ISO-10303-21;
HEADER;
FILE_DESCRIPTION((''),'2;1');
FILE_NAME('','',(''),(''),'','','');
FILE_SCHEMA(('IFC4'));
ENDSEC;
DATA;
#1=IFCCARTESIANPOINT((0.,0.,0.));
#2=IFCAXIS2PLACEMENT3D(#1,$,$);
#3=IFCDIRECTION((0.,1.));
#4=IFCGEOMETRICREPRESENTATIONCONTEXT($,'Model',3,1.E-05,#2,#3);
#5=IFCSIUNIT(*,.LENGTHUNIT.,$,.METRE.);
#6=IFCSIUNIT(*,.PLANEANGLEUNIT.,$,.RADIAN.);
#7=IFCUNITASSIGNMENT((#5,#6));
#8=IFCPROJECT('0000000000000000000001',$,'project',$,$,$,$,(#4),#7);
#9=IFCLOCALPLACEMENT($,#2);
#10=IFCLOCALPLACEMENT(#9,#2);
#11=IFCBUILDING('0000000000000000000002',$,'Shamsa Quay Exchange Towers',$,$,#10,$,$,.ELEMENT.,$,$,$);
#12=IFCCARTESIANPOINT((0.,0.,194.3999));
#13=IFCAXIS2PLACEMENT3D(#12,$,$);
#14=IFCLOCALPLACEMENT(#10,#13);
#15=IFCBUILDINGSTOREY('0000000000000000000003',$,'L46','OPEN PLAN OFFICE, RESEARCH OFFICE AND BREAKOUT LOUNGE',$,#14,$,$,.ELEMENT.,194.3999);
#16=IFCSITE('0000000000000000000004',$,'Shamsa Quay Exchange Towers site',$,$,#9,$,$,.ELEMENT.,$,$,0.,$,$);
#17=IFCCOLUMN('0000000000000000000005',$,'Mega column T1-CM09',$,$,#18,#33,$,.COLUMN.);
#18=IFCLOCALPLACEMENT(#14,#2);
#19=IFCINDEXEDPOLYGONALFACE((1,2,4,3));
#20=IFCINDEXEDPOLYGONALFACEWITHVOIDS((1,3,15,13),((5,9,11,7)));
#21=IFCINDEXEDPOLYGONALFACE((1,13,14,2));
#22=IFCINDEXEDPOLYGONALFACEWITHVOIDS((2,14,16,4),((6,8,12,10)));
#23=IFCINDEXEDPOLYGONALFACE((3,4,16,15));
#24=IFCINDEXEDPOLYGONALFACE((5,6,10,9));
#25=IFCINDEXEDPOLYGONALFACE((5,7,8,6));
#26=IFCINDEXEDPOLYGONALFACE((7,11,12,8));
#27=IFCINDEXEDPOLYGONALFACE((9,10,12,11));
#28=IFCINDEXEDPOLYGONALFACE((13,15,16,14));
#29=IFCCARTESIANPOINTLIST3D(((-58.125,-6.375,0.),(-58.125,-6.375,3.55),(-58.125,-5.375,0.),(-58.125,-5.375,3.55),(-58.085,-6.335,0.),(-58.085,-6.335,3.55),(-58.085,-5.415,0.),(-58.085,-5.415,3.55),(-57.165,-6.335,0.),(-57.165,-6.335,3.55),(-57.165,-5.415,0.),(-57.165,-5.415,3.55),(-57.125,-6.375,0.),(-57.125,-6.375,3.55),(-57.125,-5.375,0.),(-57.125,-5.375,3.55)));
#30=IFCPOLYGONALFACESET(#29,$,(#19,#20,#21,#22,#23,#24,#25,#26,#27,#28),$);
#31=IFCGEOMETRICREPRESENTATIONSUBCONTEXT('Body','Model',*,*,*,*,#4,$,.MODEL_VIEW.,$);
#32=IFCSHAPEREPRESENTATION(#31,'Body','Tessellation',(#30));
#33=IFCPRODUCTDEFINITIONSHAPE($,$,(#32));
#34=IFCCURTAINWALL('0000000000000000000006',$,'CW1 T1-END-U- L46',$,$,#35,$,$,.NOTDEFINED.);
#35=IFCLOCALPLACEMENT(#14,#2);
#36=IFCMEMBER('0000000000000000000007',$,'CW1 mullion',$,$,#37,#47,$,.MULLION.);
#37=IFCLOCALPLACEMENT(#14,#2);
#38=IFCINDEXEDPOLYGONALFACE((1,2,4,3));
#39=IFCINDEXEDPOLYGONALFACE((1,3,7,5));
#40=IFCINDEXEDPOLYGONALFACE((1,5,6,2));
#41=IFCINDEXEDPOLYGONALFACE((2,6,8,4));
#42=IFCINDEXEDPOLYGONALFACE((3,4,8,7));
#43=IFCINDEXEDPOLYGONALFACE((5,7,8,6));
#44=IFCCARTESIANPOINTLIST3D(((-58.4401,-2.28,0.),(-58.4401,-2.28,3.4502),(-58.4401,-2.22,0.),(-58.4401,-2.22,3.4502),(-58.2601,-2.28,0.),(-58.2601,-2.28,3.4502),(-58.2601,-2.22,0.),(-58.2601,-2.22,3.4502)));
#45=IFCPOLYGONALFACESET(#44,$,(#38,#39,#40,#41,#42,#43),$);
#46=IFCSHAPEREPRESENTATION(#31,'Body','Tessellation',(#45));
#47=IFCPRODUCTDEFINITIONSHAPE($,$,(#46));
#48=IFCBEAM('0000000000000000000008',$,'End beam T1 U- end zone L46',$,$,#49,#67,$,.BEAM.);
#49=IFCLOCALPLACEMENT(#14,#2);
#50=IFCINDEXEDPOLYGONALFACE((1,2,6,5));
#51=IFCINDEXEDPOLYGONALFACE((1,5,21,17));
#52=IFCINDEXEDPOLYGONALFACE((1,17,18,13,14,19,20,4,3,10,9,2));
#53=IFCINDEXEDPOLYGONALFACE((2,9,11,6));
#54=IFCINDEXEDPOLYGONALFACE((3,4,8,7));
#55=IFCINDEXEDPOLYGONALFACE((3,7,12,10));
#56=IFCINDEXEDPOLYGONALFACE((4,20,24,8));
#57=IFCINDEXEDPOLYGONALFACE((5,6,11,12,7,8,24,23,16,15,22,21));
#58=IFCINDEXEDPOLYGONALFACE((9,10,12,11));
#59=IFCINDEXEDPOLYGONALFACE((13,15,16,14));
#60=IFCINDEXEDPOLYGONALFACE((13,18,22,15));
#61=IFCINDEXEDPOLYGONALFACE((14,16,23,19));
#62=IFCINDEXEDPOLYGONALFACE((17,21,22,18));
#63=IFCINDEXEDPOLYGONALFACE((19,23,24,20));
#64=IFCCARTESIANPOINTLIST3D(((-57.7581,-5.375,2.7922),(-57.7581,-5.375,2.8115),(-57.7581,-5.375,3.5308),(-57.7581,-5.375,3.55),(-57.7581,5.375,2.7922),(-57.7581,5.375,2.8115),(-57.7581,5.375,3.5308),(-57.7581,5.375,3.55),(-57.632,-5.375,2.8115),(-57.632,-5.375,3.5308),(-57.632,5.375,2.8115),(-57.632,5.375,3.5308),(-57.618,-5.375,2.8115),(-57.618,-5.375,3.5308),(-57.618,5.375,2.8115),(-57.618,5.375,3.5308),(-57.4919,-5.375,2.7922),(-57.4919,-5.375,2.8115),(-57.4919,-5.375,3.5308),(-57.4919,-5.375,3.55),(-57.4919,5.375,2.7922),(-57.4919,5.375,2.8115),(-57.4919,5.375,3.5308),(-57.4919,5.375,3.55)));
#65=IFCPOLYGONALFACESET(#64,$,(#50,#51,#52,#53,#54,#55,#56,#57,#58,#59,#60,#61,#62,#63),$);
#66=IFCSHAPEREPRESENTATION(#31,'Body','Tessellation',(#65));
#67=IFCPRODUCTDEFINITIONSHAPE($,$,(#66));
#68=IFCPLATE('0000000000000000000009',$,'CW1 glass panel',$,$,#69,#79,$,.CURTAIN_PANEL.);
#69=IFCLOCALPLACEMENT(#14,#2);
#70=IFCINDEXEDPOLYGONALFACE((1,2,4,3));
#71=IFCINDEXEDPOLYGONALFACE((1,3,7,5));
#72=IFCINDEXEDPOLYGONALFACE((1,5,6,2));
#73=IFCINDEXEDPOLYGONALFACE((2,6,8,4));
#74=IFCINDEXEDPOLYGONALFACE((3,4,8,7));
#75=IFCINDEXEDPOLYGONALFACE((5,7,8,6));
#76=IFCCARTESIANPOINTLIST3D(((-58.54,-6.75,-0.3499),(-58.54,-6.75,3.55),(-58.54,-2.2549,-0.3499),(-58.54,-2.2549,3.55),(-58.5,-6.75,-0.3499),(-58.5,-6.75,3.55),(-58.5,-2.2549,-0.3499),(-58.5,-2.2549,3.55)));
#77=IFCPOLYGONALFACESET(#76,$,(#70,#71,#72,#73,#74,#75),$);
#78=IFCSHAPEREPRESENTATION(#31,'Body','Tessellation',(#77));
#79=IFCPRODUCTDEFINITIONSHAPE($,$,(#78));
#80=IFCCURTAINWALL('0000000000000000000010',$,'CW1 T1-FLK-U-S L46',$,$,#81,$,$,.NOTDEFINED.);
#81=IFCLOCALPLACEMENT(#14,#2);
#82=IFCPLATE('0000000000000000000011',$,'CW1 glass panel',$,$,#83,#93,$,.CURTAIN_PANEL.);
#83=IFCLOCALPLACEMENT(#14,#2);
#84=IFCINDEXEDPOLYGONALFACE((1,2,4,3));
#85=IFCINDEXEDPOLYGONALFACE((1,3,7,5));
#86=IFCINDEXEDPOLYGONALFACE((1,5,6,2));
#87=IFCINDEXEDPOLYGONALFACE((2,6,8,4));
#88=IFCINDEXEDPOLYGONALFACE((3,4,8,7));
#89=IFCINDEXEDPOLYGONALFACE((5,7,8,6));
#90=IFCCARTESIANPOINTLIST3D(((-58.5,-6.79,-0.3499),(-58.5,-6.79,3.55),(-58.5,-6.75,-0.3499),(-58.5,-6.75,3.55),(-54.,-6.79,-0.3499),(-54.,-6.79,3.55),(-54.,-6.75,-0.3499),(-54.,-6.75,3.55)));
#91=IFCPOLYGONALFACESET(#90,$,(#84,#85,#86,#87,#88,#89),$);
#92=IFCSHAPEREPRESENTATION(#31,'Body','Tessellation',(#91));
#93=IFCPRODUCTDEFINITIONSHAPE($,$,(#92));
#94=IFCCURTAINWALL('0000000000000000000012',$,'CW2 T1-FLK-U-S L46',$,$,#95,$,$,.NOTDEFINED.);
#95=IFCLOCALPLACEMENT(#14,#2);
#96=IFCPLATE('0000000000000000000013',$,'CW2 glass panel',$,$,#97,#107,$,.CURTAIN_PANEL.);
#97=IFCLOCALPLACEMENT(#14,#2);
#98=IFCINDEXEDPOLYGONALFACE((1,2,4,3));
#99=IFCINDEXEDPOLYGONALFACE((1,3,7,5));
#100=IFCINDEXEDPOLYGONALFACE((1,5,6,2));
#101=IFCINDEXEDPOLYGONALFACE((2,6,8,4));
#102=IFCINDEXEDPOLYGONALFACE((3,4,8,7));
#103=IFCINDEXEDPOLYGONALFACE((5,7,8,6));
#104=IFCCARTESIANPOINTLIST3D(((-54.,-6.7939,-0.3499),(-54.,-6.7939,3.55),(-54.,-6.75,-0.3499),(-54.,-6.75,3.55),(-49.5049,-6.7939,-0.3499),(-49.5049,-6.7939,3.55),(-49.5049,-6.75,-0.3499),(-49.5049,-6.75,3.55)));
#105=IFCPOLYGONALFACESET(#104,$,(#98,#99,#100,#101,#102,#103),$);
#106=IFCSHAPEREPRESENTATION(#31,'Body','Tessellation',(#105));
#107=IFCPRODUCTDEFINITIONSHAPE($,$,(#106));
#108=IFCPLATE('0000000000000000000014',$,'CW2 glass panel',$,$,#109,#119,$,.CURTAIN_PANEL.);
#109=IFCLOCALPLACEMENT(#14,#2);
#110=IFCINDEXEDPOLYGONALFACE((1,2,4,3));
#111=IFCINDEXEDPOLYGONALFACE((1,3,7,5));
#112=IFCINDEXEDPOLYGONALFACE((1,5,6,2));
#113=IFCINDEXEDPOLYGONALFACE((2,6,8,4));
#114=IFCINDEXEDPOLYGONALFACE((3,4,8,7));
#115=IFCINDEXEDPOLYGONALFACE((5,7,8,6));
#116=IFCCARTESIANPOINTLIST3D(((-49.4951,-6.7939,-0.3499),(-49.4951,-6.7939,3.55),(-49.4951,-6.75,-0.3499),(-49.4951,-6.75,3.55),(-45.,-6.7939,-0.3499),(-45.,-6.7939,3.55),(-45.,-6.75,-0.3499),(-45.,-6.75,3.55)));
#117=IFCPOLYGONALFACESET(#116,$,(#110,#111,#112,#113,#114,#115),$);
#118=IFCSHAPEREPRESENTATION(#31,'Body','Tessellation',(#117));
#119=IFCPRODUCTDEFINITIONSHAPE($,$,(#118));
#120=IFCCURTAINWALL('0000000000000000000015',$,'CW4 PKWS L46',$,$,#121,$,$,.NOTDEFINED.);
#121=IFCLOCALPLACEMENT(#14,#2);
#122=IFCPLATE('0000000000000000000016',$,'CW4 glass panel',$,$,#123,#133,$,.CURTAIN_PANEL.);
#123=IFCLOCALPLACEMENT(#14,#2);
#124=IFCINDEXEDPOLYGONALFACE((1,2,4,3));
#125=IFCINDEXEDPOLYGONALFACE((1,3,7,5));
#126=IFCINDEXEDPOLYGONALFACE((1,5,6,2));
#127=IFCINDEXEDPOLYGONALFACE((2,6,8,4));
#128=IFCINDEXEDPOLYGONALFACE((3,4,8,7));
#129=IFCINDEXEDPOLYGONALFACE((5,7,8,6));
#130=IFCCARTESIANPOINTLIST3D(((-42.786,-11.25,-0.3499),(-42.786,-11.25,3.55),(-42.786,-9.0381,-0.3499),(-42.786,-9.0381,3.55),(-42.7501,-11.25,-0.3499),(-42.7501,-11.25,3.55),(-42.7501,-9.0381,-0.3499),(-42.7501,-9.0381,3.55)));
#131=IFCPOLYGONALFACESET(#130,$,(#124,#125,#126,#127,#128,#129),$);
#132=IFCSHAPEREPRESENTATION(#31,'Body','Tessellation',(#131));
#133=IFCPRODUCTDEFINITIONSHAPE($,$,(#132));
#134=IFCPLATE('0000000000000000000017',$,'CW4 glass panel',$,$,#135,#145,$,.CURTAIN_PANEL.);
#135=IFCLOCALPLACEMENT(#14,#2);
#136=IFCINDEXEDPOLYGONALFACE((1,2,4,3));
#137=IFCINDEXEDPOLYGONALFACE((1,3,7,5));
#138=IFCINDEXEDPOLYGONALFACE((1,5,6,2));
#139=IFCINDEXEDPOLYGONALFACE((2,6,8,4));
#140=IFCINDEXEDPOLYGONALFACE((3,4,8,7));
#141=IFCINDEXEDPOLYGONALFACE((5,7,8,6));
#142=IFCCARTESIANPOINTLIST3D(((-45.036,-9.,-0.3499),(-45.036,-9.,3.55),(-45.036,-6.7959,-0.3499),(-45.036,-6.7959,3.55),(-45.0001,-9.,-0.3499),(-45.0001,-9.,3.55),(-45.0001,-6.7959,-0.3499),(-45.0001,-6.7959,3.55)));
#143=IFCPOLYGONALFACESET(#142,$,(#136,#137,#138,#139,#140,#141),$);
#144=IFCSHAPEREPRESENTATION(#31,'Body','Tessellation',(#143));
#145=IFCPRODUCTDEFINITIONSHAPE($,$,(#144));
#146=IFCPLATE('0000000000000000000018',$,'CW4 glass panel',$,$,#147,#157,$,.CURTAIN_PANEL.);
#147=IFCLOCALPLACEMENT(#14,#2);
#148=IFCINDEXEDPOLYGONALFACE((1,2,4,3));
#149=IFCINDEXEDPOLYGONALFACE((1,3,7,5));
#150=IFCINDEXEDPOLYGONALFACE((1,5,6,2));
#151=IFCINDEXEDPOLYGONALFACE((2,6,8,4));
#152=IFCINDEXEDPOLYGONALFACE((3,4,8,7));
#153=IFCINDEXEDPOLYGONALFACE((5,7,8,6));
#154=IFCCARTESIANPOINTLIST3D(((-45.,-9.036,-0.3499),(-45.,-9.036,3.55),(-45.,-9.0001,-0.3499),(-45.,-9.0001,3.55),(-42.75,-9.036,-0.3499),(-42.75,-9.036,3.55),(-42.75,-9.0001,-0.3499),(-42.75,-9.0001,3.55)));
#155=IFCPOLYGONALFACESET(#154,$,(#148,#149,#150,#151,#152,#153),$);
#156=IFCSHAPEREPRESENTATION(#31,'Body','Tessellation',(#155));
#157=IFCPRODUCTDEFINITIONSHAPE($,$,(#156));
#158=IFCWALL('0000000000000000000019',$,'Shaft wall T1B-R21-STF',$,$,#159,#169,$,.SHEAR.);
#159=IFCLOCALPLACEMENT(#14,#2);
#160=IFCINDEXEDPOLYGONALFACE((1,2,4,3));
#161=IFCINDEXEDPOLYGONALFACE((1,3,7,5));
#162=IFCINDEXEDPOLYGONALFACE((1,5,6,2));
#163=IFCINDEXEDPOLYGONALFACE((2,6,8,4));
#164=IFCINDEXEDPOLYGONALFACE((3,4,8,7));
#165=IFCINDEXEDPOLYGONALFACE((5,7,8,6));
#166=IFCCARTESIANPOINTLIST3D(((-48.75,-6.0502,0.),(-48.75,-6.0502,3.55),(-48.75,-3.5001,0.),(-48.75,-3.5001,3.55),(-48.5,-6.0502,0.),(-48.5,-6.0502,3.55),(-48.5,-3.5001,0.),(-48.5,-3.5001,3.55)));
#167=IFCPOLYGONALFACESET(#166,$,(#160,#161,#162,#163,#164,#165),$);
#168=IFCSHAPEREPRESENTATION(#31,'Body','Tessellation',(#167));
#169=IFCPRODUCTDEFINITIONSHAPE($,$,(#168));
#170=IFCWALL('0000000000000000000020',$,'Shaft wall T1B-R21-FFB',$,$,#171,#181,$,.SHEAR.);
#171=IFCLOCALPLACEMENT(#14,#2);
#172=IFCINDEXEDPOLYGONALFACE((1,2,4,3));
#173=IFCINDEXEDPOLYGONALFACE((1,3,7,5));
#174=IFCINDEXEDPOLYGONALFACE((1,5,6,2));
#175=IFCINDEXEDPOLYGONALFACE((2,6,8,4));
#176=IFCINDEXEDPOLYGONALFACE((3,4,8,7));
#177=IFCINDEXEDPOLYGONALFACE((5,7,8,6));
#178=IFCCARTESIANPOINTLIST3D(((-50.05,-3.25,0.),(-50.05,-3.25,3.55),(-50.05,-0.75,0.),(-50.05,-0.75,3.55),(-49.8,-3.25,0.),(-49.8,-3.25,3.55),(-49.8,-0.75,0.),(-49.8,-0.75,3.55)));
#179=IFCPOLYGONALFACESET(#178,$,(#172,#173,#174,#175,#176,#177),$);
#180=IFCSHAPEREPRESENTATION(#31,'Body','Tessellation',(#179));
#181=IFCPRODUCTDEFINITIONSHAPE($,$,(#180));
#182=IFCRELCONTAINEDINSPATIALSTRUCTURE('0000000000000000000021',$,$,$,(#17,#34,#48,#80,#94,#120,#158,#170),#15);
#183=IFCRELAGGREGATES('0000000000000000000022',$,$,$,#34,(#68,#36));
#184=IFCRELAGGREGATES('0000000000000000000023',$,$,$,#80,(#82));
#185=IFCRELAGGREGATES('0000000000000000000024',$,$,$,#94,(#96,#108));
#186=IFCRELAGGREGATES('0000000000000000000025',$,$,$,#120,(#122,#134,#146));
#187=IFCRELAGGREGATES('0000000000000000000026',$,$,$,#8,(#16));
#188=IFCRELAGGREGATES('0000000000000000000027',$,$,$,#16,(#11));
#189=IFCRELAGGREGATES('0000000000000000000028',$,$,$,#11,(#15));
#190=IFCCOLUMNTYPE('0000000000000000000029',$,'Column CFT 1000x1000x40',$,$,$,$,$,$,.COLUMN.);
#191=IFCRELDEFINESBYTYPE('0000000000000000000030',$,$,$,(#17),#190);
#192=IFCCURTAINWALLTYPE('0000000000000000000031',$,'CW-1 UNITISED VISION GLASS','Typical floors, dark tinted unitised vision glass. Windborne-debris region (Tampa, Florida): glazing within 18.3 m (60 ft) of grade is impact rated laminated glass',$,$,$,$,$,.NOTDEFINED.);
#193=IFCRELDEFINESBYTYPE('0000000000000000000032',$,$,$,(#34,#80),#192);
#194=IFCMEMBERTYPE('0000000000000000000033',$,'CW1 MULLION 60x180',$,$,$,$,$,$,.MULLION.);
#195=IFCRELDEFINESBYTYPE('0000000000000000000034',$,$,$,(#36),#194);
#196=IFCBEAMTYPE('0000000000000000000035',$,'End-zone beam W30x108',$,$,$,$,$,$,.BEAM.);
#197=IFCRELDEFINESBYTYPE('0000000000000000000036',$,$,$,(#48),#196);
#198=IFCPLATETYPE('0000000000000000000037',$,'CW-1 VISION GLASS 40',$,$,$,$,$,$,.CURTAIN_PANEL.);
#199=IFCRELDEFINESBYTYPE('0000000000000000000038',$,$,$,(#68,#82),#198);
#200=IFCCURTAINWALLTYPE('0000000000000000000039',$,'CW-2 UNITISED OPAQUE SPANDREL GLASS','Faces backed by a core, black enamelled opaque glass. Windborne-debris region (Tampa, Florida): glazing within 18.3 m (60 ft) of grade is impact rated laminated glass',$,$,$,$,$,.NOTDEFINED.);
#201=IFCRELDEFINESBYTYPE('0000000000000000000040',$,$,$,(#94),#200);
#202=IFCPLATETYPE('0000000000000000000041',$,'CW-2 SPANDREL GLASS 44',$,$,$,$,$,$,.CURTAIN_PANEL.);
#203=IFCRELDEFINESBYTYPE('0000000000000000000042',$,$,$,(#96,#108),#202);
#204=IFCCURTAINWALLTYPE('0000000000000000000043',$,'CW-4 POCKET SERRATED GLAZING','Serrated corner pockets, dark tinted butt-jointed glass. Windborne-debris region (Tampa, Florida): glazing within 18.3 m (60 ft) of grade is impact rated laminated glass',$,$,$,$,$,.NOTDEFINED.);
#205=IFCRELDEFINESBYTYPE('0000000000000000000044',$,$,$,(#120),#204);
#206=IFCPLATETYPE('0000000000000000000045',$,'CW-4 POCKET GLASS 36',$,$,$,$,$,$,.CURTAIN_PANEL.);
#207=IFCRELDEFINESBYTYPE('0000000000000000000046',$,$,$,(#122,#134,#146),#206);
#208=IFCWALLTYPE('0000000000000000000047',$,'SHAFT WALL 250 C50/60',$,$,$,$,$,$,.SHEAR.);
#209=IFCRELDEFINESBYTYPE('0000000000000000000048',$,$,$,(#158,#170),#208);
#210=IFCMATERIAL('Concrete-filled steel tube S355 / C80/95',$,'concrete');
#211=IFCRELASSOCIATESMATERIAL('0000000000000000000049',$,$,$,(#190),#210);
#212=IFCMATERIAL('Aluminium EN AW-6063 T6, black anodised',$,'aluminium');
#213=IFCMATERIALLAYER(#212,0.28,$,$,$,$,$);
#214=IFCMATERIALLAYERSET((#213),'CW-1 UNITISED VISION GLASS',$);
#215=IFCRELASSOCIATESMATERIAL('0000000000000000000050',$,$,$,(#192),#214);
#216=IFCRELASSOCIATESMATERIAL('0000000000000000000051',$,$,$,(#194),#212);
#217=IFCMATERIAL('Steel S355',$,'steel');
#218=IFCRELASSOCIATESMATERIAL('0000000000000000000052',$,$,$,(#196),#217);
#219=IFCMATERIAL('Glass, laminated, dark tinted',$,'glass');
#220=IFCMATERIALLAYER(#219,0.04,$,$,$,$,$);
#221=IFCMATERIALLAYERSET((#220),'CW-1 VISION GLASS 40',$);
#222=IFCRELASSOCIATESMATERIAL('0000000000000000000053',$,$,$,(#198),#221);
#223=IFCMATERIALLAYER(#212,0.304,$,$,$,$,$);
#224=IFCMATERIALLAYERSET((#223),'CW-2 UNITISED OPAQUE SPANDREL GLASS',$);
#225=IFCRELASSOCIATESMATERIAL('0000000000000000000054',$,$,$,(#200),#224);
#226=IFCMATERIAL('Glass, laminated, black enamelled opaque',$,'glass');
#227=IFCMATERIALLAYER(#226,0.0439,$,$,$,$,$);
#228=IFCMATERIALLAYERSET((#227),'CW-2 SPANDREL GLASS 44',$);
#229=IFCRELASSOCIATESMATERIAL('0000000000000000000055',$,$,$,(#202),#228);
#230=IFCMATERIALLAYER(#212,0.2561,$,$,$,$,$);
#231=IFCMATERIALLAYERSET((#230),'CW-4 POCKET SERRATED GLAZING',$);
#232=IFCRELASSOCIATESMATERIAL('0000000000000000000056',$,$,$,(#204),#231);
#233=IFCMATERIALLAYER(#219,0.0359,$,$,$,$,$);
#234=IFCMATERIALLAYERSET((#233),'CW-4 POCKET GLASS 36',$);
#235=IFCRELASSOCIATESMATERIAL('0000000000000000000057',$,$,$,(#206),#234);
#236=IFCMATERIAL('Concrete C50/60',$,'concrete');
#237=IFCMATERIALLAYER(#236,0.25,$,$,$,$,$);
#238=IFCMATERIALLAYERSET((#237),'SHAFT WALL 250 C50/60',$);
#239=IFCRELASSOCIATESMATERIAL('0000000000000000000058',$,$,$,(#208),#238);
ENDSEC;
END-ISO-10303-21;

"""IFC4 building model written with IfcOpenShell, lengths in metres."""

from ifc_helpers import new_model, si_unit, direction, frame, frame_2d, origin, origin_2d, place, context, subcontext, project, spatial, rectangle, hollow_rectangle, i_section, extrude, material, layer, layer_set, material_profile, profile_set, type_object, element, aggregate, save


model = new_model("IFC4")

# Units and contexts
model_context = context("Model", 3, precision=1e-05, world=origin(), true_north=direction((0.0, 1.0)))
body_context = subcontext(model_context, "Body", "Model", "MODEL_VIEW")
ifc_project = project(units=[si_unit("LENGTHUNIT", "METRE"), si_unit("PLANEANGLEUNIT", "RADIAN")], contexts=[model_context])

# Site, building, storey
site_placement = place(None, origin())
site = spatial("IfcSite", under=ifc_project, at=site_placement, Name="Shamsa Quay Exchange Towers site", CompositionType="ELEMENT", RefElevation=0.0)
building_placement = place(site_placement, origin())
building = spatial("IfcBuilding", under=site, at=building_placement, Name="Shamsa Quay Exchange Towers", CompositionType="ELEMENT")
storey_placement = place(building_placement, frame((0.0, 0.0, 194.3999)))
storey = spatial("IfcBuildingStorey", under=building, at=storey_placement, Name="L46", Description="OPEN PLAN OFFICE, RESEARCH OFFICE AND BREAKOUT LOUNGE", CompositionType="ELEMENT", Elevation=194.3999)

# Column
ifc_material_1 = material(Name="Concrete-filled steel tube S355 / C80/95", Category="concrete")
ifc_material_profile_1 = material_profile(ifc_material_1, hollow_rectangle(XDim=1.0, YDim=1.0, WallThickness=0.04, at=origin_2d()), Name="CFT 1000x1000x40")
ifc_profile_set_1 = profile_set([ifc_material_profile_1], Name="Concrete-filled steel tube S355 / C80/95")
column_type = type_object("IfcColumnType", Name="Column CFT 1000x1000x40", PredefinedType="COLUMN", material=ifc_profile_set_1)
column_placement = place(storey_placement, frame((-57.625, -5.875, 0.0)))
element("IfcColumn", 1, at=column_placement, inside=storey, type_object=column_type, Name="Mega column T1-CM09", PredefinedType="COLUMN", context=body_context, shape_type="SweptSolid", body=[
    extrude(hollow_rectangle(XDim=1.0, YDim=1.0, WallThickness=0.04, at=origin_2d()), origin(), (0.0, 0.0, 1.0), 3.55),
])

# Curtain wall, member
ifc_material_2 = material(Name="Aluminium EN AW-6063 T6, black anodised", Category="aluminium")
ifc_layer_1 = layer(ifc_material_2, 0.28)
ifc_layer_set_1 = layer_set([ifc_layer_1], Name="CW-1 UNITISED VISION GLASS")
curtain_wall_type_1 = type_object("IfcCurtainWallType", Name="CW-1 UNITISED VISION GLASS", Description="Typical floors, dark tinted unitised vision glass. Windborne-debris region (Tampa, Florida): glazing within 18.3 m (60 ft) of grade is impact rated laminated glass", PredefinedType="NOTDEFINED", material=ifc_layer_set_1)
curtain_wall_1_placement = place(storey_placement, origin())
curtain_wall_1 = element("IfcCurtainWall", 2, at=curtain_wall_1_placement, inside=storey, type_object=curtain_wall_type_1, Name="CW1 T1-END-U- L46", PredefinedType="NOTDEFINED")
ifc_material_profile_2 = material_profile(ifc_material_2, rectangle(XDim=0.1799, YDim=0.0601, at=origin_2d()), Name="MU60x180")
ifc_profile_set_2 = profile_set([ifc_material_profile_2], Name="Aluminium EN AW-6063 T6, black anodised")
member_type = type_object("IfcMemberType", Name="CW1 MULLION 60x180", PredefinedType="MULLION", material=ifc_profile_set_2)
member_placement = place(storey_placement, frame((-58.3501, -2.25, 0.0)))
member = element("IfcMember", 3, at=member_placement, type_object=member_type, Name="CW1 mullion", PredefinedType="MULLION", context=body_context, shape_type="SweptSolid", body=[
    extrude(rectangle(XDim=0.1799, YDim=0.0601, at=origin_2d()), origin(), (0.0, 0.0, 1.0), 3.4502),
])

# Beam
ifc_material_3 = material(Name="Steel S355", Category="steel")
ifc_material_profile_3 = material_profile(ifc_material_3, i_section(OverallWidth=0.2661, OverallDepth=0.7578, WebThickness=0.0139, FlangeThickness=0.0193, at=origin_2d()), Name="W30x108")
ifc_profile_set_3 = profile_set([ifc_material_profile_3], Name="Steel S355")
beam_type = type_object("IfcBeamType", Name="End-zone beam W30x108", PredefinedType="BEAM", material=ifc_profile_set_3)
beam_placement = place(storey_placement, frame((-57.625, -5.375, 3.1711), z_axis=(0.0, 1.0, 0.0), x_axis=(-1.0, 0.0, 0.0)))
element("IfcBeam", 4, at=beam_placement, inside=storey, type_object=beam_type, Name="End beam T1 U- end zone L46", PredefinedType="BEAM", context=body_context, shape_type="SweptSolid", body=[
    extrude(i_section(OverallWidth=0.2661, OverallDepth=0.7578, WebThickness=0.0139, FlangeThickness=0.0193, at=origin_2d()), origin(), (0.0, 0.0, 1.0), 10.75),
])

# Plate
ifc_material_4 = material(Name="Glass, laminated, dark tinted", Category="glass")
ifc_layer_2 = layer(ifc_material_4, 0.04)
ifc_layer_set_2 = layer_set([ifc_layer_2], Name="CW-1 VISION GLASS 40")
plate_type_1 = type_object("IfcPlateType", Name="CW-1 VISION GLASS 40", PredefinedType="CURTAIN_PANEL", material=ifc_layer_set_2)
plate_1_placement = place(storey_placement, frame((-58.52, -4.5024, -0.3499), z_axis=(0.0, 0.0, 1.0), x_axis=(0.0, -1.0, 0.0)))
plate_1 = element("IfcPlate", 5, at=plate_1_placement, type_object=plate_type_1, Name="CW1 glass panel", PredefinedType="CURTAIN_PANEL", context=body_context, shape_type="SweptSolid", body=[
    extrude(rectangle(XDim=4.4951, YDim=0.04, at=origin_2d()), origin(), (0.0, 0.0, 1.0), 3.8999),
])
aggregate(curtain_wall_1, [plate_1, member])

# Curtain wall, plate
curtain_wall_2_placement = place(storey_placement, origin())
curtain_wall_2 = element("IfcCurtainWall", 6, at=curtain_wall_2_placement, inside=storey, type_object=curtain_wall_type_1, Name="CW1 T1-FLK-U-S L46", PredefinedType="NOTDEFINED")
plate_2_placement = place(storey_placement, frame((-56.25, -6.77, -0.3499)))
plate_2 = element("IfcPlate", 7, at=plate_2_placement, type_object=plate_type_1, Name="CW1 glass panel", PredefinedType="CURTAIN_PANEL", context=body_context, shape_type="SweptSolid", body=[
    extrude(rectangle(XDim=4.5, YDim=0.04, at=origin_2d()), origin(), (0.0, 0.0, 1.0), 3.8999),
])
aggregate(curtain_wall_2, [plate_2])

# Curtain walls, plates
ifc_layer_3 = layer(ifc_material_2, 0.304)
ifc_layer_set_3 = layer_set([ifc_layer_3], Name="CW-2 UNITISED OPAQUE SPANDREL GLASS")
curtain_wall_type_2 = type_object("IfcCurtainWallType", Name="CW-2 UNITISED OPAQUE SPANDREL GLASS", Description="Faces backed by a core, black enamelled opaque glass. Windborne-debris region (Tampa, Florida): glazing within 18.3 m (60 ft) of grade is impact rated laminated glass", PredefinedType="NOTDEFINED", material=ifc_layer_set_3)
curtain_wall_3_placement = place(storey_placement, origin())
curtain_wall_3 = element("IfcCurtainWall", 8, at=curtain_wall_3_placement, inside=storey, type_object=curtain_wall_type_2, Name="CW2 T1-FLK-U-S L46", PredefinedType="NOTDEFINED")
ifc_material_5 = material(Name="Glass, laminated, black enamelled opaque", Category="glass")
ifc_layer_4 = layer(ifc_material_5, 0.0439)
ifc_layer_set_4 = layer_set([ifc_layer_4], Name="CW-2 SPANDREL GLASS 44")
plate_type_2 = type_object("IfcPlateType", Name="CW-2 SPANDREL GLASS 44", PredefinedType="CURTAIN_PANEL", material=ifc_layer_set_4)
plate_3_placement = place(storey_placement, frame((-51.7524, -6.772, -0.3499)))
plate_3 = element("IfcPlate", 9, at=plate_3_placement, type_object=plate_type_2, Name="CW2 glass panel", PredefinedType="CURTAIN_PANEL", context=body_context, shape_type="SweptSolid", body=[
    extrude(rectangle(XDim=4.4951, YDim=0.0439, at=origin_2d()), origin(), (0.0, 0.0, 1.0), 3.8999),
])
plate_4_placement = place(storey_placement, frame((-47.2476, -6.772, -0.3499)))
plate_4 = element("IfcPlate", 10, at=plate_4_placement, type_object=plate_type_2, Name="CW2 glass panel", PredefinedType="CURTAIN_PANEL", context=body_context, shape_type="SweptSolid", body=[
    extrude(rectangle(XDim=4.4951, YDim=0.0439, at=origin_2d()), origin(), (0.0, 0.0, 1.0), 3.8999),
])
aggregate(curtain_wall_3, [plate_3, plate_4])
ifc_layer_5 = layer(ifc_material_2, 0.2561)
ifc_layer_set_5 = layer_set([ifc_layer_5], Name="CW-4 POCKET SERRATED GLAZING")
curtain_wall_type_3 = type_object("IfcCurtainWallType", Name="CW-4 POCKET SERRATED GLAZING", Description="Serrated corner pockets, dark tinted butt-jointed glass. Windborne-debris region (Tampa, Florida): glazing within 18.3 m (60 ft) of grade is impact rated laminated glass", PredefinedType="NOTDEFINED", material=ifc_layer_set_5)
curtain_wall_4_placement = place(storey_placement, origin())
curtain_wall_4 = element("IfcCurtainWall", 11, at=curtain_wall_4_placement, inside=storey, type_object=curtain_wall_type_3, Name="CW4 PKWS L46", PredefinedType="NOTDEFINED")
ifc_layer_6 = layer(ifc_material_4, 0.0359)
ifc_layer_set_6 = layer_set([ifc_layer_6], Name="CW-4 POCKET GLASS 36")
plate_type_3 = type_object("IfcPlateType", Name="CW-4 POCKET GLASS 36", PredefinedType="CURTAIN_PANEL", material=ifc_layer_set_6)
plate_5_placement = place(storey_placement, frame((-42.7681, -10.144, -0.3499), z_axis=(0.0, 0.0, 1.0), x_axis=(0.0, -1.0, 0.0)))
plate_5 = element("IfcPlate", 12, at=plate_5_placement, type_object=plate_type_3, Name="CW4 glass panel", PredefinedType="CURTAIN_PANEL", context=body_context, shape_type="SweptSolid", body=[
    extrude(rectangle(XDim=2.2119, YDim=0.0359, at=origin_2d()), origin(), (0.0, 0.0, 1.0), 3.8999),
])
plate_6_placement = place(storey_placement, frame((-45.0181, -7.8979, -0.3499), z_axis=(0.0, 0.0, 1.0), x_axis=(0.0, -1.0, 0.0)))
plate_6 = element("IfcPlate", 13, at=plate_6_placement, type_object=plate_type_3, Name="CW4 glass panel", PredefinedType="CURTAIN_PANEL", context=body_context, shape_type="SweptSolid", body=[
    extrude(rectangle(XDim=2.2041, YDim=0.0359, at=origin_2d()), origin(), (0.0, 0.0, 1.0), 3.8999),
])
plate_7_placement = place(storey_placement, frame((-43.875, -9.0181, -0.3499)))
plate_7 = element("IfcPlate", 14, at=plate_7_placement, type_object=plate_type_3, Name="CW4 glass panel", PredefinedType="CURTAIN_PANEL", context=body_context, shape_type="SweptSolid", body=[
    extrude(rectangle(XDim=2.25, YDim=0.0359, at=origin_2d()), origin(), (0.0, 0.0, 1.0), 3.8999),
])
aggregate(curtain_wall_4, [plate_5, plate_6, plate_7])

# Wall
ifc_material_6 = material(Name="Concrete C50/60", Category="concrete")
ifc_layer_7 = layer(ifc_material_6, 0.25)
ifc_layer_set_7 = layer_set([ifc_layer_7], Name="SHAFT WALL 250 C50/60")
wall_type_1 = type_object("IfcWallType", Name="SHAFT WALL 250 C50/60", PredefinedType="SHEAR", material=ifc_layer_set_7)
wall_1_placement = place(storey_placement, frame((-48.625, -6.05, 0.0), z_axis=(0.0, 0.0, 1.0), x_axis=(0.0, 1.0, 0.0)))
element("IfcWall", 15, at=wall_1_placement, inside=storey, type_object=wall_type_1, Name="Shaft wall T1B-R21-STF", PredefinedType="SHEAR", context=body_context, shape_type="SweptSolid", body=[
    extrude(rectangle(XDim=2.55, YDim=0.25, at=frame_2d((1.2749, 0.0))), origin(), (0.0, 0.0, 1.0), 3.55),
])

# Wall
wall_2_placement = place(storey_placement, frame((-49.925, -3.25, 0.0), z_axis=(0.0, 0.0, 1.0), x_axis=(0.0, 1.0, 0.0)))
element("IfcWall", 16, at=wall_2_placement, inside=storey, type_object=wall_type_1, Name="Shaft wall T1B-R21-FFB", PredefinedType="SHEAR", context=body_context, shape_type="SweptSolid", body=[
    extrude(rectangle(XDim=2.5, YDim=0.25, at=frame_2d((1.25, 0.0))), origin(), (0.0, 0.0, 1.0), 3.55),
])

save(model, "model.ifc")
